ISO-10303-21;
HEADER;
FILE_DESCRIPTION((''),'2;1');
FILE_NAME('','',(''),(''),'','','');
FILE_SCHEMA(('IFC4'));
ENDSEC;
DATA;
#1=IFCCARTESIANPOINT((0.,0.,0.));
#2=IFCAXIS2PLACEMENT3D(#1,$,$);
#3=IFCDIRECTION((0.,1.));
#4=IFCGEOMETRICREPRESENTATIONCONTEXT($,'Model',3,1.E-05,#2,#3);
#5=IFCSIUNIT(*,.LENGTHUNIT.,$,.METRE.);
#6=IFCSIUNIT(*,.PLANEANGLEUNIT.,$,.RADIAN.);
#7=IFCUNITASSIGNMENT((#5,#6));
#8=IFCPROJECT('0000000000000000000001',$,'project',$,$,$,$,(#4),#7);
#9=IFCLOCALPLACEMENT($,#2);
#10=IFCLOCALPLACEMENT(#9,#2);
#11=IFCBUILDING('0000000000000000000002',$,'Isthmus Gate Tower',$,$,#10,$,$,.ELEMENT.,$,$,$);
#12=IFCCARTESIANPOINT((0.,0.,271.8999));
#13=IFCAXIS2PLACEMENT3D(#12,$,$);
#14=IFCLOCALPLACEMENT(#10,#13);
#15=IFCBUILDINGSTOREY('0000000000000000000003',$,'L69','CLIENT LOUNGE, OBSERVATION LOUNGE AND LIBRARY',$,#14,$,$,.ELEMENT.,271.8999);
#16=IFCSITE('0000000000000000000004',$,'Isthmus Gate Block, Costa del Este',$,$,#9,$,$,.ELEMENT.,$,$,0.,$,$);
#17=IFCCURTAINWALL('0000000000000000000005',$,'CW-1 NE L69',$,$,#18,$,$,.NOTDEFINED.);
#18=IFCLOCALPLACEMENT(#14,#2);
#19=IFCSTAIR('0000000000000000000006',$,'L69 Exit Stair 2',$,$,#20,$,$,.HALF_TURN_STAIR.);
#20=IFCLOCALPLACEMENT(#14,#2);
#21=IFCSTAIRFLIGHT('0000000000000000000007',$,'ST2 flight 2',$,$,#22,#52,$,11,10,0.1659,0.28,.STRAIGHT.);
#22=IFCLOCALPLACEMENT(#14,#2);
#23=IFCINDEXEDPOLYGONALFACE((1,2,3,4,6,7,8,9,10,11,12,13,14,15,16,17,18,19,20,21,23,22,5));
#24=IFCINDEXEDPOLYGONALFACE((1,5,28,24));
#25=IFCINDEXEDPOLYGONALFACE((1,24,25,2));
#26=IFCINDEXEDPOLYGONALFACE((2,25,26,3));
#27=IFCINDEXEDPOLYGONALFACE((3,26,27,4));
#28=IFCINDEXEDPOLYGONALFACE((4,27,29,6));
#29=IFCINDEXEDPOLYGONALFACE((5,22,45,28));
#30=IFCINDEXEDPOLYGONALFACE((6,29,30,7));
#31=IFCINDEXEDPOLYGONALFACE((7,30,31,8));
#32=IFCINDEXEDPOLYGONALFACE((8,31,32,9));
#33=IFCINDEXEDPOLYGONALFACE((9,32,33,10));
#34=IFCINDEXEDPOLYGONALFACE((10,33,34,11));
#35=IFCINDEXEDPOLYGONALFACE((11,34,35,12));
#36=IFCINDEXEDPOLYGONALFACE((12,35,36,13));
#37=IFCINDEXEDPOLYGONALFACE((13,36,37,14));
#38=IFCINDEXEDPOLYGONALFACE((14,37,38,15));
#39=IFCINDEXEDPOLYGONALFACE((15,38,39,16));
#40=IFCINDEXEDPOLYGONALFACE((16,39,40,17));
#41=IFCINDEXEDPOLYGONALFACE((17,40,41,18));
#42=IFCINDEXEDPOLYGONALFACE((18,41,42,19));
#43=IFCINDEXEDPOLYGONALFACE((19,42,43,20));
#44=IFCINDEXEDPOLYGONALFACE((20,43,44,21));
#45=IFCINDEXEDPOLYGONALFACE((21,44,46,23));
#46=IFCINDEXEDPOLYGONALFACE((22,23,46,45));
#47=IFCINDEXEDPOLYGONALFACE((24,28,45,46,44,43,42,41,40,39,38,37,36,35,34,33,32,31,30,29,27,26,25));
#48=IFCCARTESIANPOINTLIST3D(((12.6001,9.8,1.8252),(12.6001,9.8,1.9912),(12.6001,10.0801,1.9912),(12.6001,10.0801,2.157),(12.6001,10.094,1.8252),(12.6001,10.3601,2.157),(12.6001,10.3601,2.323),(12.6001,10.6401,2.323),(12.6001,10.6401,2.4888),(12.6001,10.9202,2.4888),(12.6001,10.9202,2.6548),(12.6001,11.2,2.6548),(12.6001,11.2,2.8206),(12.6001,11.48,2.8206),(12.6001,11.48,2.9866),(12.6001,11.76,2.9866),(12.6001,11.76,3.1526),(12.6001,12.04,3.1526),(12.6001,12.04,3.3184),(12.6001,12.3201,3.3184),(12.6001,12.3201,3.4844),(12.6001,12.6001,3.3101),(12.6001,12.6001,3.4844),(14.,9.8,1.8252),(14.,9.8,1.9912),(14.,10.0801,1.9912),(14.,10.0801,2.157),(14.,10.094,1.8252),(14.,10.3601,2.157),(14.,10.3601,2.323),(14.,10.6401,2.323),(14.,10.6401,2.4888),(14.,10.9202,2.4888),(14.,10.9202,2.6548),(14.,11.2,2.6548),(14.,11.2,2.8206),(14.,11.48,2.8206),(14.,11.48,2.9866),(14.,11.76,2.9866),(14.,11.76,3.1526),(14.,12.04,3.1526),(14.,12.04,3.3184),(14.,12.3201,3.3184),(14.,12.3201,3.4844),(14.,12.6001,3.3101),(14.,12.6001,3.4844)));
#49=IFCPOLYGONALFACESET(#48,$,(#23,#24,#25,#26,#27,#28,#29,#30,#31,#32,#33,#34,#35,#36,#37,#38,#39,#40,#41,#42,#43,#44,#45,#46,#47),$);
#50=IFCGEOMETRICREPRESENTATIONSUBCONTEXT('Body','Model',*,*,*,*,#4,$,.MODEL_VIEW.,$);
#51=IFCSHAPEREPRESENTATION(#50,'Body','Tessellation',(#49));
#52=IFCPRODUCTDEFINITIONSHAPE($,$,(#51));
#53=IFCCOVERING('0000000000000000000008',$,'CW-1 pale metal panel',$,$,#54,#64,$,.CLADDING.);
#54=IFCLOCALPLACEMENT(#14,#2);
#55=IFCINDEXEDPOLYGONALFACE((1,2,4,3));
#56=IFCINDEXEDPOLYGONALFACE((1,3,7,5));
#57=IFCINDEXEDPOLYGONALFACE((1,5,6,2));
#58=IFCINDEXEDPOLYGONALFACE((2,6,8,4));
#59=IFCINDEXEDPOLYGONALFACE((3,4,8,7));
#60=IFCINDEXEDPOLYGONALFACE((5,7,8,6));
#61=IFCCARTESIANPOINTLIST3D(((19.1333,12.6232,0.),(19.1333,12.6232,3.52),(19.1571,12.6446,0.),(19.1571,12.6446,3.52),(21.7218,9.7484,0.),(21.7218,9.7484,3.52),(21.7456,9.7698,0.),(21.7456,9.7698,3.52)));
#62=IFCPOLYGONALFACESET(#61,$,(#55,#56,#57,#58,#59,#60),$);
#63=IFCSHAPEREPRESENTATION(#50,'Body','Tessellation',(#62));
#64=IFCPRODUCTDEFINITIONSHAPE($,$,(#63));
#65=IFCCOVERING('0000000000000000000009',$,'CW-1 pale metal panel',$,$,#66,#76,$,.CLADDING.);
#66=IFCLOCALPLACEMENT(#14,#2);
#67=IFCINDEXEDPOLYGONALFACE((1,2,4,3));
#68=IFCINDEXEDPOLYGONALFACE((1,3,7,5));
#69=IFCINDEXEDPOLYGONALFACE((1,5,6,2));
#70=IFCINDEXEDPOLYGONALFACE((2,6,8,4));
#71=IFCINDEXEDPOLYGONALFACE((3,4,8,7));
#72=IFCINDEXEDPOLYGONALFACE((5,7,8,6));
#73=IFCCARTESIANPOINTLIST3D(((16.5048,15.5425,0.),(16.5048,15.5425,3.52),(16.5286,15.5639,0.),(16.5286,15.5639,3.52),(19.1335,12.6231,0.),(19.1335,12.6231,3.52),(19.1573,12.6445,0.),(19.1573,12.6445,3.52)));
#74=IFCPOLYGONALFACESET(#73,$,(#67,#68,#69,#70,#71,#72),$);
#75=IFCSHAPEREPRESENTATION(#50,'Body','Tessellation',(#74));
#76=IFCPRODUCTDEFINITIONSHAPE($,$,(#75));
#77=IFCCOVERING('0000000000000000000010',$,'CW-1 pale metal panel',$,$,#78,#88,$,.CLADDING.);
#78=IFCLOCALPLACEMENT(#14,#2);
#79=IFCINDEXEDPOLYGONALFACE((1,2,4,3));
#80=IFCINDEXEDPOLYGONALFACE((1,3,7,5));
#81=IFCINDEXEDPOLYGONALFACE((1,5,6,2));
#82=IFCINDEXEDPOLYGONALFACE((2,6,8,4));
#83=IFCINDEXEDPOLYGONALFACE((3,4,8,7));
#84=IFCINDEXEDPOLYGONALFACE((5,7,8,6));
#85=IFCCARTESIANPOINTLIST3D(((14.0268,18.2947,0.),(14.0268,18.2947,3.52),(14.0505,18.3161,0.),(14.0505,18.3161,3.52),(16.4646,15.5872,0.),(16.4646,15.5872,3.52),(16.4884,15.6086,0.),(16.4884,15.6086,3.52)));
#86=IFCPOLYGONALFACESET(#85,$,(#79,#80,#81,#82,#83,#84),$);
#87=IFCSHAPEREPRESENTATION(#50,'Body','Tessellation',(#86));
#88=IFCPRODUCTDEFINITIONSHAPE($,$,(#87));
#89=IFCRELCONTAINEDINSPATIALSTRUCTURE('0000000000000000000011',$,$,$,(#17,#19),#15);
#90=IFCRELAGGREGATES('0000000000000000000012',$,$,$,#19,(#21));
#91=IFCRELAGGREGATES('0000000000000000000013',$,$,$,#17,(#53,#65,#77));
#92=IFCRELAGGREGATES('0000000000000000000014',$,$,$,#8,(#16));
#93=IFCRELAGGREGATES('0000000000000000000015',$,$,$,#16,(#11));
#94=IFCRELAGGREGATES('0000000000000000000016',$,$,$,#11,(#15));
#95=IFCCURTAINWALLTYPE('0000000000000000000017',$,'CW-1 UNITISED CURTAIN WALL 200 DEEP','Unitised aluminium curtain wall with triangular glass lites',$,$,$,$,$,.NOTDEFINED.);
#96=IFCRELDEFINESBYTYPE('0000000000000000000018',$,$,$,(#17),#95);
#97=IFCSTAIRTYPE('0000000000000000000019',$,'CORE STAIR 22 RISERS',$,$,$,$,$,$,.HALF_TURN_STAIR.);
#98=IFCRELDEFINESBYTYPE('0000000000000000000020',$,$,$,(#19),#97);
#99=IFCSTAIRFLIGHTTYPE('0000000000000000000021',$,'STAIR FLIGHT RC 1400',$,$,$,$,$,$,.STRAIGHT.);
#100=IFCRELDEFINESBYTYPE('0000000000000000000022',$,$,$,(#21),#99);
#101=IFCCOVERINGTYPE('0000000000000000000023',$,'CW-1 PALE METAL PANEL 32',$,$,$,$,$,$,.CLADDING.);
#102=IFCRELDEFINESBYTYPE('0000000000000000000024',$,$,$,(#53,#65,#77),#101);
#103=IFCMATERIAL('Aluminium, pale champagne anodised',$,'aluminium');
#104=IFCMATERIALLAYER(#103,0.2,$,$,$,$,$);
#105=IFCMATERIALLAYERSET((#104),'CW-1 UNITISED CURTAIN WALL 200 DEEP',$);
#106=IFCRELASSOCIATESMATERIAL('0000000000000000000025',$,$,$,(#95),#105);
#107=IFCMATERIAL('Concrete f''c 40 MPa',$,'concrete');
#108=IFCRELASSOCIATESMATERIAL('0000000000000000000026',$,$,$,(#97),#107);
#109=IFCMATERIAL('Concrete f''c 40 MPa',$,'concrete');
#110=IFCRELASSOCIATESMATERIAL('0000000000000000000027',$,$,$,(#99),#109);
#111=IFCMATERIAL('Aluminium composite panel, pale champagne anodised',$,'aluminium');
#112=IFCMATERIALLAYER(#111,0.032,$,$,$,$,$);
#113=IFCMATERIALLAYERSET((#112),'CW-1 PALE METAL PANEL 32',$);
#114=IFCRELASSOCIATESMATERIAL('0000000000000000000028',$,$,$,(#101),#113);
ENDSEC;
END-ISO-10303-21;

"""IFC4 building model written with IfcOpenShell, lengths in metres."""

from ifc_helpers import new_model, si_unit, direction, frame, origin, origin_2d, place, context, subcontext, project, spatial, polyline, rectangle, outline, extrude, material, layer, layer_set, type_object, element, aggregate, save


model = new_model("IFC4")

# Units and contexts
model_context = context("Model", 3, precision=1e-05, world=origin(), true_north=direction((0.0, 1.0)))
body_context = subcontext(model_context, "Body", "Model", "MODEL_VIEW")
ifc_project = project(units=[si_unit("LENGTHUNIT", "METRE"), si_unit("PLANEANGLEUNIT", "RADIAN")], contexts=[model_context])

# Site, building, storey
site_placement = place(None, origin())
site = spatial("IfcSite", under=ifc_project, at=site_placement, Name="Isthmus Gate Block, Costa del Este", CompositionType="ELEMENT", RefElevation=0.0)
building_placement = place(site_placement, origin())
building = spatial("IfcBuilding", under=site, at=building_placement, Name="Isthmus Gate Tower", CompositionType="ELEMENT")
storey_placement = place(building_placement, frame((0.0, 0.0, 271.8999)))
storey = spatial("IfcBuildingStorey", under=building, at=storey_placement, Name="L69", Description="CLIENT LOUNGE, OBSERVATION LOUNGE AND LIBRARY", CompositionType="ELEMENT", Elevation=271.8999)

# Curtain wall
ifc_material_1 = material(Name="Aluminium, pale champagne anodised", Category="aluminium")
ifc_layer_1 = layer(ifc_material_1, 0.2)
ifc_layer_set_1 = layer_set([ifc_layer_1], Name="CW-1 UNITISED CURTAIN WALL 200 DEEP")
curtain_wall_type = type_object("IfcCurtainWallType", Name="CW-1 UNITISED CURTAIN WALL 200 DEEP", Description="Unitised aluminium curtain wall with triangular glass lites", PredefinedType="NOTDEFINED", material=ifc_layer_set_1)
curtain_wall_placement = place(storey_placement, origin())
curtain_wall = element("IfcCurtainWall", 1, at=curtain_wall_placement, inside=storey, type_object=curtain_wall_type, Name="CW-1 NE L69", PredefinedType="NOTDEFINED")

# Stair, stair flight
ifc_material_2 = material(Name="Concrete f'c 40 MPa", Category="concrete")
stair_type = type_object("IfcStairType", Name="CORE STAIR 22 RISERS", PredefinedType="HALF_TURN_STAIR", material=ifc_material_2)
stair_placement = place(storey_placement, origin())
stair = element("IfcStair", 2, at=stair_placement, inside=storey, type_object=stair_type, Name="L69 Exit Stair 2", PredefinedType="HALF_TURN_STAIR")
ifc_material_3 = material(Name="Concrete f'c 40 MPa", Category="concrete")
stair_flight_type = type_object("IfcStairFlightType", Name="STAIR FLIGHT RC 1400", PredefinedType="STRAIGHT", material=ifc_material_3)
stair_flight_1_placement = place(storey_placement, frame((13.3, 9.8, 1.8252), z_axis=(0.0, 0.0, 1.0), x_axis=(0.0, 1.0, 0.0)))
stair_flight_1 = element("IfcStairFlight", 3, at=stair_flight_1_placement, type_object=stair_flight_type, Name="ST2 flight 2", NumberOfRisers=11, NumberOfTreads=10, PredefinedType="STRAIGHT", RiserHeight=0.1659, TreadLength=0.28, context=body_context, shape_type="SweptSolid", body=[
    extrude(outline(polyline([(0.0, 0.0), (0.0, 0.166), (0.28, 0.166), (0.28, 0.3318), (0.5601, 0.3318), (0.5601, 0.4978), (0.8401, 0.4978), (0.8401, 0.6636), (1.1201, 0.6636), (1.1201, 0.8296), (1.3999, 0.8296), (1.3999, 0.9954), (1.6799, 0.9954), (1.6799, 1.1614), (1.96, 1.1614), (1.96, 1.3274), (2.24, 1.3274), (2.24, 1.4932), (2.52, 1.4932), (2.52, 1.6592), (2.8, 1.6592), (2.8, 1.825), (2.8, 1.4849), (0.2939, 0.0), (0.0, 0.0)])), frame((0.0, 0.7, 0.0), z_axis=(0.0, -1.0, 0.0), x_axis=(1.0, 0.0, 0.0)), (0.0, 0.0, 1.0), 1.3999),
])
aggregate(stair, [stair_flight_1])

# Coverings
ifc_material_4 = material(Name="Aluminium composite panel, pale champagne anodised", Category="aluminium")
ifc_layer_2 = layer(ifc_material_4, 0.032)
ifc_layer_set_2 = layer_set([ifc_layer_2], Name="CW-1 PALE METAL PANEL 32")
covering_type = type_object("IfcCoveringType", Name="CW-1 PALE METAL PANEL 32", PredefinedType="CLADDING", material=ifc_layer_set_2)
covering_1_placement = place(storey_placement, frame((20.4395, 11.1965, 0.0), z_axis=(0.0, 0.0, 1.0), x_axis=(-0.669131, 0.743145, 0.0)))
covering_1 = element("IfcCovering", 4, at=covering_1_placement, type_object=covering_type, Name="CW-1 pale metal panel", PredefinedType="CLADDING", context=body_context, shape_type="SweptSolid", body=[
    extrude(rectangle(XDim=3.8684, YDim=0.032, at=origin_2d()), origin(), (0.0, 0.0, 1.0), 3.52),
])
covering_2_placement = place(storey_placement, frame((17.8311, 14.0935, 0.0), z_axis=(0.0, 0.0, 1.0), x_axis=(-0.669131, 0.743145, 0.0)))
covering_2 = element("IfcCovering", 5, at=covering_2_placement, type_object=covering_type, Name="CW-1 pale metal panel", PredefinedType="CLADDING", context=body_context, shape_type="SweptSolid", body=[
    extrude(rectangle(XDim=3.9285, YDim=0.032, at=origin_2d()), origin(), (0.0, 0.0, 1.0), 3.52),
])
covering_3_placement = place(storey_placement, frame((15.2576, 16.9517, 0.0), z_axis=(0.0, 0.0, 1.0), x_axis=(-0.669131, 0.743145, 0.0)))
covering_3 = element("IfcCovering", 6, at=covering_3_placement, type_object=covering_type, Name="CW-1 pale metal panel", PredefinedType="CLADDING", context=body_context, shape_type="SweptSolid", body=[
    extrude(rectangle(XDim=3.6433, YDim=0.032, at=origin_2d()), origin(), (0.0, 0.0, 1.0), 3.52),
])
aggregate(curtain_wall, [covering_1, covering_2, covering_3])

save(model, "model.ifc")
